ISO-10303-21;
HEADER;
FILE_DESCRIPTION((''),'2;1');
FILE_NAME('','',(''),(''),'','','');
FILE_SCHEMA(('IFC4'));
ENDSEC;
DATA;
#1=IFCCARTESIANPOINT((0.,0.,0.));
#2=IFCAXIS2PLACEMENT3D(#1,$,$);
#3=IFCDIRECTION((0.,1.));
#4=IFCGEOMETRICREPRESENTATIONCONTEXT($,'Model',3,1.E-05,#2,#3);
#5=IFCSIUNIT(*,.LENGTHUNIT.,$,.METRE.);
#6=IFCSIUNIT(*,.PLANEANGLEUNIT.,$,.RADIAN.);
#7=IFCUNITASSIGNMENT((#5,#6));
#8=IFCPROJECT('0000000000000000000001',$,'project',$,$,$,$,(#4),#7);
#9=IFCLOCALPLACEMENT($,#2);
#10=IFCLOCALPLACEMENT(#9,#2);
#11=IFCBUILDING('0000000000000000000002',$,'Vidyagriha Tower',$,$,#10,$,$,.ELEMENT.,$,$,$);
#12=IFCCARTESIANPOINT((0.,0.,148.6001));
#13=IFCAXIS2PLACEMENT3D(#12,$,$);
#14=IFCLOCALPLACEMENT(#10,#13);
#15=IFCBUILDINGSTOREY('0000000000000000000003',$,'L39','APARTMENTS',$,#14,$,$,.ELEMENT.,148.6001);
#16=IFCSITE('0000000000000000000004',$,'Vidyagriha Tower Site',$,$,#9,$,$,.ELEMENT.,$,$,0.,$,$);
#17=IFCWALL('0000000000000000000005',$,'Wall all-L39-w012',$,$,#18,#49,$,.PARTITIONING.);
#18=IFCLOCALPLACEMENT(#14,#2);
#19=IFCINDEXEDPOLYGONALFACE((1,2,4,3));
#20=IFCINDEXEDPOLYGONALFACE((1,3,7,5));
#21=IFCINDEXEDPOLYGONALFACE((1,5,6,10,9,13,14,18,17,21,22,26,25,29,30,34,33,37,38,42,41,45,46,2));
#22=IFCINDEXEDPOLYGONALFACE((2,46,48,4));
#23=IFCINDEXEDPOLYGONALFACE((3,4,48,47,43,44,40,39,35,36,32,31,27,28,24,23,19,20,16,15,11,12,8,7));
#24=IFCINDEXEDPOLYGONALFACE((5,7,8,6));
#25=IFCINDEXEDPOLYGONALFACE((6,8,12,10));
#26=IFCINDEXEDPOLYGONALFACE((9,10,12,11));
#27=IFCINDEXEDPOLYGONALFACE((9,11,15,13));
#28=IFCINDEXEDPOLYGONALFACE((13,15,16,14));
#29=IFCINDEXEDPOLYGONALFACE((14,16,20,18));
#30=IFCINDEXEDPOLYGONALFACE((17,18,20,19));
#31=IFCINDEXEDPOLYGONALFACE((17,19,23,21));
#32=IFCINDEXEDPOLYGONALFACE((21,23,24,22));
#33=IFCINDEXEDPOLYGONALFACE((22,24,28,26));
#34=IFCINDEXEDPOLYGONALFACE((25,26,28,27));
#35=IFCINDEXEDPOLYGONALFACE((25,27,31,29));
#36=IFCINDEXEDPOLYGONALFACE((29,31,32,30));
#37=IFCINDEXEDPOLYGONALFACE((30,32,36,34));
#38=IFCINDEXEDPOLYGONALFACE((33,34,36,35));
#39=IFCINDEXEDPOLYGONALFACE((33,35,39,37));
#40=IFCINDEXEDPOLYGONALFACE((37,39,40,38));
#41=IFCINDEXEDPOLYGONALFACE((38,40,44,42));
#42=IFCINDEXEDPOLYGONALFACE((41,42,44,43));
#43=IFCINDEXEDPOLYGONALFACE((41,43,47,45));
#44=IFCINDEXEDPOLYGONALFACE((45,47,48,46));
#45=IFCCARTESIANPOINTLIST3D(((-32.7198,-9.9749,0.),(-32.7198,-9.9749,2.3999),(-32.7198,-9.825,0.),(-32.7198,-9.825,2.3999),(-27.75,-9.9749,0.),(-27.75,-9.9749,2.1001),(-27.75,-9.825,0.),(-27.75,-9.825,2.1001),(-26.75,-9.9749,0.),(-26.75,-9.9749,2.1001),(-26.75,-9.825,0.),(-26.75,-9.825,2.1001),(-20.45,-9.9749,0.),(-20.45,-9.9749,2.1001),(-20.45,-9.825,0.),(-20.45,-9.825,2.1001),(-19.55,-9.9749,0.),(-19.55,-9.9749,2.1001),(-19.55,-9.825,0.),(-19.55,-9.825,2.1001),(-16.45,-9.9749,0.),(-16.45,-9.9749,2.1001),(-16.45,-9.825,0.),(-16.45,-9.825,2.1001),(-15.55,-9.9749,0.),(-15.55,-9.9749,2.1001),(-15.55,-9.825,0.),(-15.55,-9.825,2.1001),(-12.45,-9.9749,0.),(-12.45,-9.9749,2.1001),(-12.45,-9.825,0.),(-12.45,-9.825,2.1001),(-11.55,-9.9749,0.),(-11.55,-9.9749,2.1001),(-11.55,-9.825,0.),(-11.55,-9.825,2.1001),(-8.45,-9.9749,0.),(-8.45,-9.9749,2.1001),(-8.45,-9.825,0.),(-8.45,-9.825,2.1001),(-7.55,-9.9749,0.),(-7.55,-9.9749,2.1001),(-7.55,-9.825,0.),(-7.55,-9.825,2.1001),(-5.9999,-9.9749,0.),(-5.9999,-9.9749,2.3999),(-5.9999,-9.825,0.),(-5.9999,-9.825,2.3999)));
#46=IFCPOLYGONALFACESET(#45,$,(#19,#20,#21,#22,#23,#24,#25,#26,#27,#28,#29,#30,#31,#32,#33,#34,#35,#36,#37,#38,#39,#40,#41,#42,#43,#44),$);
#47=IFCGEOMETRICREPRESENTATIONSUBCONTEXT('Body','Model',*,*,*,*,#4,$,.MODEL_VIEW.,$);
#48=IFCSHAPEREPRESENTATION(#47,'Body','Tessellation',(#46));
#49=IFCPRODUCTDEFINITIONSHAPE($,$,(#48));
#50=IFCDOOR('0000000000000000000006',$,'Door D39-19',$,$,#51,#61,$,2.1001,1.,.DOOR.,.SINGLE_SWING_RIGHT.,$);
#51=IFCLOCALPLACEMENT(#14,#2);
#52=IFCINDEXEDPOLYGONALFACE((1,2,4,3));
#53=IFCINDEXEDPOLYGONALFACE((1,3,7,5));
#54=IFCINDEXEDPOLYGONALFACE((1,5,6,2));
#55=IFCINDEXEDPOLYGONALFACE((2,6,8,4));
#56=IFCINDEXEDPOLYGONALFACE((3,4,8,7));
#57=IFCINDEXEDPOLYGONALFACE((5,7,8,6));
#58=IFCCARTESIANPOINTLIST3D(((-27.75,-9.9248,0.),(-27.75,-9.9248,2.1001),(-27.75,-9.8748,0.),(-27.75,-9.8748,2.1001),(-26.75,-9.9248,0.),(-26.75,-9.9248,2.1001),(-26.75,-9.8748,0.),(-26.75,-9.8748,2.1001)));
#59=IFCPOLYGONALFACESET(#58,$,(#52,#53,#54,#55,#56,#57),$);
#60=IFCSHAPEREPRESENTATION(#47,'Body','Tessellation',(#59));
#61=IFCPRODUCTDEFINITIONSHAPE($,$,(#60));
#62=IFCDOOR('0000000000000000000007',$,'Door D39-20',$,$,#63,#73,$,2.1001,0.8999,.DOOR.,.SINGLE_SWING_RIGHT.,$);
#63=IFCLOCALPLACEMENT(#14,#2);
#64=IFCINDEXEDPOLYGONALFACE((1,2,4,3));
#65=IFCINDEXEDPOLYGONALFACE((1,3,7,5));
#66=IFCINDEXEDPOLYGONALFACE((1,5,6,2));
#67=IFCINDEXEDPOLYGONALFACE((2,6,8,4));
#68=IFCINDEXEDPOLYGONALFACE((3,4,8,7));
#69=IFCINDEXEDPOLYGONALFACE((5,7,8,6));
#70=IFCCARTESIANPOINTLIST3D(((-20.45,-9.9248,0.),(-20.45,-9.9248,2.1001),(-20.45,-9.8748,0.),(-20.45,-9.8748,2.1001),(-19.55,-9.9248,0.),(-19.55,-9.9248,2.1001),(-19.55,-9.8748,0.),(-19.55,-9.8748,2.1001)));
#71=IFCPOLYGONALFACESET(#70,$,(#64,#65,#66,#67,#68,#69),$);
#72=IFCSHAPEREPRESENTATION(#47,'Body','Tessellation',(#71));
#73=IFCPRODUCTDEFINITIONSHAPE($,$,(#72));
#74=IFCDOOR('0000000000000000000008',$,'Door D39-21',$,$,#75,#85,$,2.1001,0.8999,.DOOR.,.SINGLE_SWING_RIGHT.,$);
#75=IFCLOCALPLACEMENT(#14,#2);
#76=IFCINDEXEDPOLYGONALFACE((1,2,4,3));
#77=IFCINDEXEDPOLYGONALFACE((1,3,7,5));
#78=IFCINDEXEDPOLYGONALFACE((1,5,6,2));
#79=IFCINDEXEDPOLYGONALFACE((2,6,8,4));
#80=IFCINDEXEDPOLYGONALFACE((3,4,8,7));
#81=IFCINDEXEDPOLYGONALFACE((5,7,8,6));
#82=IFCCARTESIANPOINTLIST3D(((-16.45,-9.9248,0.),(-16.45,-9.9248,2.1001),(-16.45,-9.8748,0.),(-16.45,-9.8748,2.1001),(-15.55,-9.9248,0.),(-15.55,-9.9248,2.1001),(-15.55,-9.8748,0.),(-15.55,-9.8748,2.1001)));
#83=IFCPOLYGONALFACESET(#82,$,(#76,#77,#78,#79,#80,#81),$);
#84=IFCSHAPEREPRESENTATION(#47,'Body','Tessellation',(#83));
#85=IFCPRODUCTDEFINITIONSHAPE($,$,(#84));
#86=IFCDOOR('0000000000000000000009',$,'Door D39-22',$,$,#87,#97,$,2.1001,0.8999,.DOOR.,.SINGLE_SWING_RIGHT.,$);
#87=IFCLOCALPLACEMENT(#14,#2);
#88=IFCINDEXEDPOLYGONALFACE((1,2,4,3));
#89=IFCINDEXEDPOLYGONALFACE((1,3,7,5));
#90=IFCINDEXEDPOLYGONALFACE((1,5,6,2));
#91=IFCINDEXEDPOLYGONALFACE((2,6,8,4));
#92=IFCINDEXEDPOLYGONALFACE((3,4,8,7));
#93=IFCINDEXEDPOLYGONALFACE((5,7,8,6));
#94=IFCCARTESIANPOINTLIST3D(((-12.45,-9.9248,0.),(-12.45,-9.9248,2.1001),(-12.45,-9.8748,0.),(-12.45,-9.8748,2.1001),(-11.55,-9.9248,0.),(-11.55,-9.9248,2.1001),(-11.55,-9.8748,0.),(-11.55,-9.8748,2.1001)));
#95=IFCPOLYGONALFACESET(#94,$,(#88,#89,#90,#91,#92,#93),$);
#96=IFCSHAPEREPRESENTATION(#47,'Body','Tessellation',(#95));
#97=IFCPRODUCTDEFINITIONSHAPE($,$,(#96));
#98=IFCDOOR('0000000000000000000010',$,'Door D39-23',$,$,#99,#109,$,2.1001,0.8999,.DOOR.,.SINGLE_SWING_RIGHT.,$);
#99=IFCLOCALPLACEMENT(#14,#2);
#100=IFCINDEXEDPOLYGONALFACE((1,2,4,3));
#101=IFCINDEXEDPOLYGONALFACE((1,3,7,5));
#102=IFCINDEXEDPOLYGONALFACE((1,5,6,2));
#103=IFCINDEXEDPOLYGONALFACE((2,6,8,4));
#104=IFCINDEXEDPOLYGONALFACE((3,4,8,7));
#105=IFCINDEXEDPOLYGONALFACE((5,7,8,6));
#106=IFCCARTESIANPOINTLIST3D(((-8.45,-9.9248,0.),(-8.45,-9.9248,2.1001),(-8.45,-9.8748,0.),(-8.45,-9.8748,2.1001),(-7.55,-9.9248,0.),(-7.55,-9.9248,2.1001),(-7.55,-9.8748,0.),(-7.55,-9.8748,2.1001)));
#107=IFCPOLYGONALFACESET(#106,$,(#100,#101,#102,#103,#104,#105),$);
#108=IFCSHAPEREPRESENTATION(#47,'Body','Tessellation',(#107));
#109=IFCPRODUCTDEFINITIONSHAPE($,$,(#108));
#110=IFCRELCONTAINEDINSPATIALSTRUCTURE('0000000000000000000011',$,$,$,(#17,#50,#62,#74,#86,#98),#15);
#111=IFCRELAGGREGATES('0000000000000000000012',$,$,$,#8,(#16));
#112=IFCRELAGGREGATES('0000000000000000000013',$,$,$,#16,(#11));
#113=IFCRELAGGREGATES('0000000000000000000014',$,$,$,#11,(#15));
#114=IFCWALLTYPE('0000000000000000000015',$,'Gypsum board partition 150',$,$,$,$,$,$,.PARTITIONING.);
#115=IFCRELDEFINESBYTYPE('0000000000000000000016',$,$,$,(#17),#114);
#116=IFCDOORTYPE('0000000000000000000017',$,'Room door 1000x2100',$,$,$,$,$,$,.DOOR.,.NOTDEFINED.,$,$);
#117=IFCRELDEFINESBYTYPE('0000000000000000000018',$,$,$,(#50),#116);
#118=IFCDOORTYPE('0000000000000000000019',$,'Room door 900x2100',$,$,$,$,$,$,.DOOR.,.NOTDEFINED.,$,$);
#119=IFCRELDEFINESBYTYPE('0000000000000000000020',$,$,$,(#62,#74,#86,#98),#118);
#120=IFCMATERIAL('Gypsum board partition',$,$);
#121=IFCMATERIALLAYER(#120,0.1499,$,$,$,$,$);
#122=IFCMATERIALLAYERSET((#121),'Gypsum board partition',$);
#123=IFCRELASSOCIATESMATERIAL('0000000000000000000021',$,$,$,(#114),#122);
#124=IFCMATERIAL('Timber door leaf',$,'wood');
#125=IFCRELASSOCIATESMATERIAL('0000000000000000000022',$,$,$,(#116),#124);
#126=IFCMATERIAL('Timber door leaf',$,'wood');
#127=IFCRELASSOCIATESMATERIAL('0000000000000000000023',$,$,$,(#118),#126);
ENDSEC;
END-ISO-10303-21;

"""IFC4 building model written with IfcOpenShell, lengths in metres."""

from ifc_helpers import new_model, si_unit, direction, frame, frame_2d, origin, place, context, subcontext, project, spatial, rectangle, extrude, material, layer, layer_set, type_object, element, fill, save


model = new_model("IFC4")

# Units and contexts
model_context = context("Model", 3, precision=1e-05, world=origin(), true_north=direction((0.0, 1.0)))
body_context = subcontext(model_context, "Body", "Model", "MODEL_VIEW")
ifc_project = project(units=[si_unit("LENGTHUNIT", "METRE"), si_unit("PLANEANGLEUNIT", "RADIAN")], contexts=[model_context])

# Site, building, storey
site_placement = place(None, origin())
site = spatial("IfcSite", under=ifc_project, at=site_placement, Name="Vidyagriha Tower Site", CompositionType="ELEMENT", RefElevation=0.0)
building_placement = place(site_placement, origin())
building = spatial("IfcBuilding", under=site, at=building_placement, Name="Vidyagriha Tower", CompositionType="ELEMENT")
storey_placement = place(building_placement, frame((0.0, 0.0, 148.6001)))
storey = spatial("IfcBuildingStorey", under=building, at=storey_placement, Name="L39", Description="APARTMENTS", CompositionType="ELEMENT", Elevation=148.6001)

# Wall, openings, doors
ifc_material_1 = material(Name="Gypsum board partition")
ifc_layer_1 = layer(ifc_material_1, 0.1499)
ifc_layer_set_1 = layer_set([ifc_layer_1], Name="Gypsum board partition")
wall_type_1 = type_object("IfcWallType", Name="Gypsum board partition 150", PredefinedType="PARTITIONING", material=ifc_layer_set_1)
wall_1_placement = place(storey_placement, frame((-6.0, -9.8999, 0.0), z_axis=(0.0, 0.0, 1.0), x_axis=(-1.0, 0.0, 0.0)))
wall_1 = element("IfcWall", 1, at=wall_1_placement, inside=storey, type_object=wall_type_1, Name="Wall all-L39-w012", PredefinedType="PARTITIONING", context=body_context, shape_type="SweptSolid", body=[
    extrude(rectangle(XDim=26.72, YDim=0.1499, at=frame_2d((13.3599, 0.0))), origin(), (0.0, 0.0, 1.0), 2.3999),
])
opening_1_placement = place(wall_1_placement, frame((20.75, 0.0, 0.0)))
opening_1 = element("IfcOpeningElement", 2, at=opening_1_placement, cuts=wall_1, PredefinedType="OPENING", context=body_context, shape_type="SweptSolid", body=[
    extrude(rectangle(XDim=1.0, YDim=2.1001, at=frame_2d((0.5, 1.05))), frame((0.0, 0.085, 0.0), z_axis=(0.0, -1.0, 0.0), x_axis=(1.0, 0.0, 0.0)), (0.0, 0.0, 1.0), 0.1699),
])
opening_2_placement = place(wall_1_placement, frame((13.55, 0.0, 0.0)))
opening_2 = element("IfcOpeningElement", 3, at=opening_2_placement, cuts=wall_1, PredefinedType="OPENING", context=body_context, shape_type="SweptSolid", body=[
    extrude(rectangle(XDim=0.8999, YDim=2.1001, at=frame_2d((0.45, 1.05))), frame((0.0, 0.085, 0.0), z_axis=(0.0, -1.0, 0.0), x_axis=(1.0, 0.0, 0.0)), (0.0, 0.0, 1.0), 0.1699),
])
opening_3_placement = place(wall_1_placement, frame((9.55, 0.0, 0.0)))
opening_3 = element("IfcOpeningElement", 4, at=opening_3_placement, cuts=wall_1, PredefinedType="OPENING", context=body_context, shape_type="SweptSolid", body=[
    extrude(rectangle(XDim=0.8999, YDim=2.1001, at=frame_2d((0.45, 1.05))), frame((0.0, 0.085, 0.0), z_axis=(0.0, -1.0, 0.0), x_axis=(1.0, 0.0, 0.0)), (0.0, 0.0, 1.0), 0.1699),
])
opening_4_placement = place(wall_1_placement, frame((5.55, 0.0, 0.0)))
opening_4 = element("IfcOpeningElement", 5, at=opening_4_placement, cuts=wall_1, PredefinedType="OPENING", context=body_context, shape_type="SweptSolid", body=[
    extrude(rectangle(XDim=0.8999, YDim=2.1001, at=frame_2d((0.45, 1.05))), frame((0.0, 0.085, 0.0), z_axis=(0.0, -1.0, 0.0), x_axis=(1.0, 0.0, 0.0)), (0.0, 0.0, 1.0), 0.1699),
])
opening_5_placement = place(wall_1_placement, frame((1.55, 0.0, 0.0)))
opening_5 = element("IfcOpeningElement", 6, at=opening_5_placement, cuts=wall_1, PredefinedType="OPENING", context=body_context, shape_type="SweptSolid", body=[
    extrude(rectangle(XDim=0.8999, YDim=2.1001, at=frame_2d((0.45, 1.05))), frame((0.0, 0.085, 0.0), z_axis=(0.0, -1.0, 0.0), x_axis=(1.0, 0.0, 0.0)), (0.0, 0.0, 1.0), 0.1699),
])
ifc_material_2 = material(Name="Timber door leaf", Category="wood")
door_type_1 = type_object("IfcDoorType", Name="Room door 1000x2100", OperationType="NOTDEFINED", PredefinedType="DOOR", material=ifc_material_2)
door_1_placement = place(opening_1_placement, origin())
door_1 = element("IfcDoor", 7, at=door_1_placement, inside=storey, type_object=door_type_1, Name="Door D39-19", OperationType="SINGLE_SWING_RIGHT", OverallHeight=2.1001, OverallWidth=1.0, PredefinedType="DOOR", context=body_context, shape_type="SweptSolid", body=[
    extrude(rectangle(XDim=1.0, YDim=2.1001, at=frame_2d((0.5, 1.05))), frame((0.0, 0.0249, 0.0), z_axis=(0.0, -1.0, 0.0), x_axis=(1.0, 0.0, 0.0)), (0.0, 0.0, 1.0), 0.05),
])
fill(opening_1, door_1)
ifc_material_3 = material(Name="Timber door leaf", Category="wood")
door_type_2 = type_object("IfcDoorType", Name="Room door 900x2100", OperationType="NOTDEFINED", PredefinedType="DOOR", material=ifc_material_3)
door_2_placement = place(opening_2_placement, origin())
door_2 = element("IfcDoor", 8, at=door_2_placement, inside=storey, type_object=door_type_2, Name="Door D39-20", OperationType="SINGLE_SWING_RIGHT", OverallHeight=2.1001, OverallWidth=0.8999, PredefinedType="DOOR", context=body_context, shape_type="SweptSolid", body=[
    extrude(rectangle(XDim=0.8999, YDim=2.1001, at=frame_2d((0.45, 1.05))), frame((0.0, 0.0249, 0.0), z_axis=(0.0, -1.0, 0.0), x_axis=(1.0, 0.0, 0.0)), (0.0, 0.0, 1.0), 0.05),
])
fill(opening_2, door_2)
door_3_placement = place(opening_3_placement, origin())
door_3 = element("IfcDoor", 9, at=door_3_placement, inside=storey, type_object=door_type_2, Name="Door D39-21", OperationType="SINGLE_SWING_RIGHT", OverallHeight=2.1001, OverallWidth=0.8999, PredefinedType="DOOR", context=body_context, shape_type="SweptSolid", body=[
    extrude(rectangle(XDim=0.8999, YDim=2.1001, at=frame_2d((0.45, 1.05))), frame((0.0, 0.0249, 0.0), z_axis=(0.0, -1.0, 0.0), x_axis=(1.0, 0.0, 0.0)), (0.0, 0.0, 1.0), 0.05),
])
fill(opening_3, door_3)
door_4_placement = place(opening_4_placement, origin())
door_4 = element("IfcDoor", 10, at=door_4_placement, inside=storey, type_object=door_type_2, Name="Door D39-22", OperationType="SINGLE_SWING_RIGHT", OverallHeight=2.1001, OverallWidth=0.8999, PredefinedType="DOOR", context=body_context, shape_type="SweptSolid", body=[
    extrude(rectangle(XDim=0.8999, YDim=2.1001, at=frame_2d((0.45, 1.05))), frame((0.0, 0.0249, 0.0), z_axis=(0.0, -1.0, 0.0), x_axis=(1.0, 0.0, 0.0)), (0.0, 0.0, 1.0), 0.05),
])
fill(opening_4, door_4)
door_5_placement = place(opening_5_placement, origin())
door_5 = element("IfcDoor", 11, at=door_5_placement, inside=storey, type_object=door_type_2, Name="Door D39-23", OperationType="SINGLE_SWING_RIGHT", OverallHeight=2.1001, OverallWidth=0.8999, PredefinedType="DOOR", context=body_context, shape_type="SweptSolid", body=[
    extrude(rectangle(XDim=0.8999, YDim=2.1001, at=frame_2d((0.45, 1.05))), frame((0.0, 0.0249, 0.0), z_axis=(0.0, -1.0, 0.0), x_axis=(1.0, 0.0, 0.0)), (0.0, 0.0, 1.0), 0.05),
])
fill(opening_5, door_5)

save(model, "model.ifc")
